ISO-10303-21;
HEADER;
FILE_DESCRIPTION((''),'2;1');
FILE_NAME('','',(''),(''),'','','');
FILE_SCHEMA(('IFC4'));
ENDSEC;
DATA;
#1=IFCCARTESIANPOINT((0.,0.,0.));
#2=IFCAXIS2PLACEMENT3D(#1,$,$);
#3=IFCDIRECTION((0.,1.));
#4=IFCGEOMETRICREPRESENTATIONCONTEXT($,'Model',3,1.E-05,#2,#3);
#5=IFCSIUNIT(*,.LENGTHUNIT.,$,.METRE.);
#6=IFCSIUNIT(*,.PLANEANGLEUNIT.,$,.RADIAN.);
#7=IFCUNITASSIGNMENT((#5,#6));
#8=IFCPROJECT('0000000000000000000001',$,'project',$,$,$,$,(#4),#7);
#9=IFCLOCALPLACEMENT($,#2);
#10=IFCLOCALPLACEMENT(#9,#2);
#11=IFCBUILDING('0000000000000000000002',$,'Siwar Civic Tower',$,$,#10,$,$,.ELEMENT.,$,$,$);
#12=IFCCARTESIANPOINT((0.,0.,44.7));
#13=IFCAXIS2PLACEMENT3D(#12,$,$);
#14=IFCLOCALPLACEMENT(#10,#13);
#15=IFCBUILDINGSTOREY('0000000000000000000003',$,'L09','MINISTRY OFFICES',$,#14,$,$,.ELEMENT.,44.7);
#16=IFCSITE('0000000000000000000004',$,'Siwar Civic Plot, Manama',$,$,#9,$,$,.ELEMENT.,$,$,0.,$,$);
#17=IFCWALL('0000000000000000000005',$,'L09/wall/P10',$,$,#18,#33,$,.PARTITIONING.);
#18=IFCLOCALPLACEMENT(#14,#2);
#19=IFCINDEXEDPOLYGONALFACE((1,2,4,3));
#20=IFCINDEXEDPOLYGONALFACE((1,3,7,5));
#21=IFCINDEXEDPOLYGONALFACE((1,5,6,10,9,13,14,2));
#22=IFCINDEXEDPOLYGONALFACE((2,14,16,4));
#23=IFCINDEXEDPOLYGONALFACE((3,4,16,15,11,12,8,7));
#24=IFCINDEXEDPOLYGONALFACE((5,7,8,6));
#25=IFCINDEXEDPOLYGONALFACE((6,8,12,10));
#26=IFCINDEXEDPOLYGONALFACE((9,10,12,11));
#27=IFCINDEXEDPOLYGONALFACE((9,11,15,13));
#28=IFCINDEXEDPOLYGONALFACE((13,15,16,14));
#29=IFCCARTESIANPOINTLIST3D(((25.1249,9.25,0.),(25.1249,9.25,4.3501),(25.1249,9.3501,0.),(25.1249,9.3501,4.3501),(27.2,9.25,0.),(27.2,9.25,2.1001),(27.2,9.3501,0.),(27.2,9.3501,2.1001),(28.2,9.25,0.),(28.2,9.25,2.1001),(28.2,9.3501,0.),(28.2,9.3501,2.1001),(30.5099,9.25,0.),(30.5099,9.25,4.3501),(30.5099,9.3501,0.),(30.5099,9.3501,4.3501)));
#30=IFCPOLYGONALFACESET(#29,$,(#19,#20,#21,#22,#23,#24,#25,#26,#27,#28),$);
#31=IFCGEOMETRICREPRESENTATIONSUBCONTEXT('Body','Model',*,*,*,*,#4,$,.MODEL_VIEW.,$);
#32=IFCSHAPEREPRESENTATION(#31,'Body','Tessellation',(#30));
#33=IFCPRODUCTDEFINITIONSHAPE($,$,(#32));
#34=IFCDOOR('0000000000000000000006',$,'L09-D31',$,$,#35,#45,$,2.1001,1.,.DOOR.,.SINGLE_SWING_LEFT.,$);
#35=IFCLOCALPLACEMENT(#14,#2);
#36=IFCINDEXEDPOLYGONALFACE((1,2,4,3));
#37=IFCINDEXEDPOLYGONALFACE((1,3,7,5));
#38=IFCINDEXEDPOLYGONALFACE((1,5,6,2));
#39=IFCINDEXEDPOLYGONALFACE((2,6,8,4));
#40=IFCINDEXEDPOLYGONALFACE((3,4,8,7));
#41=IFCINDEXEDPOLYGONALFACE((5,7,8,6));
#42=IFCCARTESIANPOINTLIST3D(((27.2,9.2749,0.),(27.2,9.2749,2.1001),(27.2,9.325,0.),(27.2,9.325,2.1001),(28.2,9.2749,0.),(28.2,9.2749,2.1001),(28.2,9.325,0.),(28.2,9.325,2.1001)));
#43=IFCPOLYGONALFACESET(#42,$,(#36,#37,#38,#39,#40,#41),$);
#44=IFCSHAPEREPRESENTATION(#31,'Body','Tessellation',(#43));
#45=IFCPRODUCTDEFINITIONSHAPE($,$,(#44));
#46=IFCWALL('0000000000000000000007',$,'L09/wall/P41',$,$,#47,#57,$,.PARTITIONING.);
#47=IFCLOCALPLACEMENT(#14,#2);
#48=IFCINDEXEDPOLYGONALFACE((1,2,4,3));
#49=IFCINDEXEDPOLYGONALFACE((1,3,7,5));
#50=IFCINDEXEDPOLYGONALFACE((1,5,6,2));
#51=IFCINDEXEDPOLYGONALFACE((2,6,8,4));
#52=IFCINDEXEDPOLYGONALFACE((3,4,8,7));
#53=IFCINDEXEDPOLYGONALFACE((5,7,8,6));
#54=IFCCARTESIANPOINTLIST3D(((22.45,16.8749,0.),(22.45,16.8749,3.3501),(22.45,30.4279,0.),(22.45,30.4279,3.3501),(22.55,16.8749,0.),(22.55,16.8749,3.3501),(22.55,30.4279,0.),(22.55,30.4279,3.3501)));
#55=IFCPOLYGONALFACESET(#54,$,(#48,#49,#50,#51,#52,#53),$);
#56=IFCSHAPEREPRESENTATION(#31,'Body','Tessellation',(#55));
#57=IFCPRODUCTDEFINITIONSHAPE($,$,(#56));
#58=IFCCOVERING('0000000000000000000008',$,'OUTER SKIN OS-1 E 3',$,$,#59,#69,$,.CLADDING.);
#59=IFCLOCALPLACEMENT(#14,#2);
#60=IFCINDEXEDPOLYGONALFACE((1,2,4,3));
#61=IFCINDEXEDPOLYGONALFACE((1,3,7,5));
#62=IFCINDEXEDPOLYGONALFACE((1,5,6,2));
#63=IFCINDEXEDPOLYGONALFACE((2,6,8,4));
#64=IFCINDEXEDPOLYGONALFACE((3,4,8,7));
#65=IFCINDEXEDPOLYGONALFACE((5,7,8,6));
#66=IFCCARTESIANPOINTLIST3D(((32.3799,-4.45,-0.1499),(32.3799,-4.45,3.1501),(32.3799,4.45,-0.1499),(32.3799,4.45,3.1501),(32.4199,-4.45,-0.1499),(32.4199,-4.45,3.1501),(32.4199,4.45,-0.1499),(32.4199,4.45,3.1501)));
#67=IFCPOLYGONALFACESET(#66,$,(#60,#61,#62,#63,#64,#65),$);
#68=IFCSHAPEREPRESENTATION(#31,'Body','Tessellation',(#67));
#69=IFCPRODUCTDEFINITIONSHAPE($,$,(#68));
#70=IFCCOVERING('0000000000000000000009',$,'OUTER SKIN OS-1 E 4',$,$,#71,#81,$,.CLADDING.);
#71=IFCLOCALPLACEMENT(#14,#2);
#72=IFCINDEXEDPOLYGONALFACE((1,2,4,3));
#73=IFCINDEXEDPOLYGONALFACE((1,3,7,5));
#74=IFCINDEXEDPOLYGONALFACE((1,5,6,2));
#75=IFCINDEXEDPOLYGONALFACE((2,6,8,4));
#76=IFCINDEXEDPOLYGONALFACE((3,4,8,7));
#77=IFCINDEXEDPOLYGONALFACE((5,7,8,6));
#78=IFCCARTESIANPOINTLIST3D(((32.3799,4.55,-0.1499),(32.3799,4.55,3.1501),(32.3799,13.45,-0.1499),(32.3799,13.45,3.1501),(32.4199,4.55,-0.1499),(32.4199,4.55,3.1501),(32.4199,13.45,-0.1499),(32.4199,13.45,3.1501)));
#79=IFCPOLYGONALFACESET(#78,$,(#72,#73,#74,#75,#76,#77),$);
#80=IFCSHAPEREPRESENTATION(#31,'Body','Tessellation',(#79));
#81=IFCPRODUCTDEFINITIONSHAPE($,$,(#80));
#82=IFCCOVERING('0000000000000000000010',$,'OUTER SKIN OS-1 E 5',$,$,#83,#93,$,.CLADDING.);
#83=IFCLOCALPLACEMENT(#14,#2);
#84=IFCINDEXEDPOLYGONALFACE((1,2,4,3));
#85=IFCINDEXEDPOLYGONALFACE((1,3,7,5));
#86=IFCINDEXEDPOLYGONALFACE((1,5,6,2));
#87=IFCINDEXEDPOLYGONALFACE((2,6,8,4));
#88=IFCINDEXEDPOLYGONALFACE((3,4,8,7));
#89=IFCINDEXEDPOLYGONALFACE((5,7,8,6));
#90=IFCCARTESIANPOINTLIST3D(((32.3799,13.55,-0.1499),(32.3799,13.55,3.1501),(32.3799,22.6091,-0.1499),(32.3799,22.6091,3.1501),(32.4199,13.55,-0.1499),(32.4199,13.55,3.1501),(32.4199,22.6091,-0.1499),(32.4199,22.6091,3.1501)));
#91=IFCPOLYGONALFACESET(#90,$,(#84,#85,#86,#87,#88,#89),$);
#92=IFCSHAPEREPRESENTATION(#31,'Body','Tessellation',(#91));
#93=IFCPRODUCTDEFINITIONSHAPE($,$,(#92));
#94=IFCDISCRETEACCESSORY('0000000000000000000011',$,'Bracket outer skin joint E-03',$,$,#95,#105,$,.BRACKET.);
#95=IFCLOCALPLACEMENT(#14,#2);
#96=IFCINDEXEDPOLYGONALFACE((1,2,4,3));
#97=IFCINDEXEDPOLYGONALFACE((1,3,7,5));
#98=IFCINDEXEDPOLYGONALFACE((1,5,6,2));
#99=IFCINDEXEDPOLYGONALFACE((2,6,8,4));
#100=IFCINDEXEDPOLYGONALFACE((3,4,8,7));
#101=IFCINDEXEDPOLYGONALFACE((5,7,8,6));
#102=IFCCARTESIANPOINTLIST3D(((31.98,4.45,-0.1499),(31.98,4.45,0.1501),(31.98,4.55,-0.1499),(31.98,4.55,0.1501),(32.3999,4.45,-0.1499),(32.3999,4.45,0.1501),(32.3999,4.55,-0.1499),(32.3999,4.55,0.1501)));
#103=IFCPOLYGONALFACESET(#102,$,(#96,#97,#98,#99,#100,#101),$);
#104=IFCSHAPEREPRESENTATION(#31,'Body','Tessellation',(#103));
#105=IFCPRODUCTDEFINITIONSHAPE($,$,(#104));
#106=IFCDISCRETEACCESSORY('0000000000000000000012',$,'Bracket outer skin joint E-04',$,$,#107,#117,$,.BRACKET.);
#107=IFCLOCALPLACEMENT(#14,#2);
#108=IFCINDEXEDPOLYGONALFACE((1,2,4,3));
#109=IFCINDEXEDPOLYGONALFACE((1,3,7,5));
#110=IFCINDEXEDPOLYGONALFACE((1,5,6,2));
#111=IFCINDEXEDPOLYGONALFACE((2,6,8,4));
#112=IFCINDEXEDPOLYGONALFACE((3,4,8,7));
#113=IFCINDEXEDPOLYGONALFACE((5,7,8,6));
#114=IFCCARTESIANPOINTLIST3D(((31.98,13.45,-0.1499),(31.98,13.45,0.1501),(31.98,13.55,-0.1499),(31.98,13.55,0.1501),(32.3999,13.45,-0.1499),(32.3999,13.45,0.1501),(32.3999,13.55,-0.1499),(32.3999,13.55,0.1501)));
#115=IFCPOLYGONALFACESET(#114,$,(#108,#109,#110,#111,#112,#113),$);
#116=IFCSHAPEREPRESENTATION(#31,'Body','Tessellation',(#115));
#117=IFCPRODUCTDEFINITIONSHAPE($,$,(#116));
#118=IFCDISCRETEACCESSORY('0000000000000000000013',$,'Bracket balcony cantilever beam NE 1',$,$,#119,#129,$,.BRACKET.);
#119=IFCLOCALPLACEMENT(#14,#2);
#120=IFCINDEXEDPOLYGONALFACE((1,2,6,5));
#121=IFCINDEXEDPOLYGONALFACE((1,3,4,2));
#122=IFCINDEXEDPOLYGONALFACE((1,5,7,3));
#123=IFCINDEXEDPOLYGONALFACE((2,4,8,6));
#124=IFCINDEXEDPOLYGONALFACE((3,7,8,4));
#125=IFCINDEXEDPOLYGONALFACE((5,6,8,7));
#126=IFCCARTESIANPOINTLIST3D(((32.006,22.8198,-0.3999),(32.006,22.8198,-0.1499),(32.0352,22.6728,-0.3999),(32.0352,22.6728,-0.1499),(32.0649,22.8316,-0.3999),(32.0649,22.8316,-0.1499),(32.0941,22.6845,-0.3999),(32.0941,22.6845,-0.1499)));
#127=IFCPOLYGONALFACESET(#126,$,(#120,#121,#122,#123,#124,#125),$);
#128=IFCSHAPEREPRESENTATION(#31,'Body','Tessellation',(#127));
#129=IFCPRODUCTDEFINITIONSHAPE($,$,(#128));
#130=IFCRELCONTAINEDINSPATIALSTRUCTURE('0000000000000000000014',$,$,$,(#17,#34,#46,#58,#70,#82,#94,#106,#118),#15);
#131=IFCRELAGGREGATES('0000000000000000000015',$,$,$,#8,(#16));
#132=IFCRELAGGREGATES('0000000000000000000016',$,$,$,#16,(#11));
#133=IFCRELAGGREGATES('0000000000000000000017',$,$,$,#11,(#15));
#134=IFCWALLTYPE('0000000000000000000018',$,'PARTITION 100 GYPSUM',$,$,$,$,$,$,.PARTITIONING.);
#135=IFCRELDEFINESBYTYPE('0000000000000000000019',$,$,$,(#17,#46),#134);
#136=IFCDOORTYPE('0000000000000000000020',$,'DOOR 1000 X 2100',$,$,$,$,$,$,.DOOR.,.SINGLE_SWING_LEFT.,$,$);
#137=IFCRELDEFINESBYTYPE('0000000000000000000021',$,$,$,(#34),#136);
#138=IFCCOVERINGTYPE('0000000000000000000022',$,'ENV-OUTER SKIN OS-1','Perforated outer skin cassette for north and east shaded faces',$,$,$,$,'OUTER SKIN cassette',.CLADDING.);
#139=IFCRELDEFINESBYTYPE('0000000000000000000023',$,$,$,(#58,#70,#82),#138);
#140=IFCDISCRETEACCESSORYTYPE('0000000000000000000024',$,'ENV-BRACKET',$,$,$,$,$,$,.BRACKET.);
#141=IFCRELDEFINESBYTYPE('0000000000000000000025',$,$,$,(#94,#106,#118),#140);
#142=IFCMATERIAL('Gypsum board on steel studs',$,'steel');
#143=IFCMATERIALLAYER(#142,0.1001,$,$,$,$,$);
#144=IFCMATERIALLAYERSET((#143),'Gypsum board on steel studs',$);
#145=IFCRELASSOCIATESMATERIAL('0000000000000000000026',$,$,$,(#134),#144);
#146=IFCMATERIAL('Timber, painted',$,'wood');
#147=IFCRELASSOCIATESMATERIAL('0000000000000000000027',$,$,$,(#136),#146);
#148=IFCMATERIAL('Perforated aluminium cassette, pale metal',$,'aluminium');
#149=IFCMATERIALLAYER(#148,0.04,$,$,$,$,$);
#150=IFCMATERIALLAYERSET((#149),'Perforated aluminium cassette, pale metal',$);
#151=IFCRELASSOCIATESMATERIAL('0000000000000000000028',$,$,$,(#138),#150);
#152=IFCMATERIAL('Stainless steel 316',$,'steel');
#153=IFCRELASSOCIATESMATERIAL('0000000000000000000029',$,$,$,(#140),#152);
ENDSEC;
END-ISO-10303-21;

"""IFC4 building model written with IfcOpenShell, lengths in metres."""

from ifc_helpers import new_model, si_unit, direction, frame, frame_2d, origin, origin_2d, place, context, subcontext, project, spatial, rectangle, extrude, material, layer, layer_set, type_object, element, fill, save


model = new_model("IFC4")

# Units and contexts
model_context = context("Model", 3, precision=1e-05, world=origin(), true_north=direction((0.0, 1.0)))
body_context = subcontext(model_context, "Body", "Model", "MODEL_VIEW")
ifc_project = project(units=[si_unit("LENGTHUNIT", "METRE"), si_unit("PLANEANGLEUNIT", "RADIAN")], contexts=[model_context])

# Site, building, storey
site_placement = place(None, origin())
site = spatial("IfcSite", under=ifc_project, at=site_placement, Name="Siwar Civic Plot, Manama", CompositionType="ELEMENT", RefElevation=0.0)
building_placement = place(site_placement, origin())
building = spatial("IfcBuilding", under=site, at=building_placement, Name="Siwar Civic Tower", CompositionType="ELEMENT")
storey_placement = place(building_placement, frame((0.0, 0.0, 44.7)))
storey = spatial("IfcBuildingStorey", under=building, at=storey_placement, Name="L09", Description="MINISTRY OFFICES", CompositionType="ELEMENT", Elevation=44.7)

# Wall, opening, door
ifc_material_1 = material(Name="Gypsum board on steel studs", Category="steel")
ifc_layer_1 = layer(ifc_material_1, 0.1001)
ifc_layer_set_1 = layer_set([ifc_layer_1], Name="Gypsum board on steel studs")
wall_type_1 = type_object("IfcWallType", Name="PARTITION 100 GYPSUM", PredefinedType="PARTITIONING", material=ifc_layer_set_1)
wall_1_placement = place(storey_placement, frame((25.125, 9.3, 0.0), z_axis=(0.0, 0.0, 1.0), x_axis=(1.0, 0.0, 0.0)))
wall_1 = element("IfcWall", 1, at=wall_1_placement, inside=storey, type_object=wall_type_1, Name="L09/wall/P10", PredefinedType="PARTITIONING", context=body_context, shape_type="SweptSolid", body=[
    extrude(rectangle(XDim=5.385, YDim=0.1001, at=frame_2d((2.6924, 0.0))), origin(), (0.0, 0.0, 1.0), 4.3501),
])
opening_1_placement = place(wall_1_placement, frame((2.075, 0.0, 0.0)))
opening_1 = element("IfcOpeningElement", 2, at=opening_1_placement, cuts=wall_1, PredefinedType="OPENING", context=body_context, shape_type="SweptSolid", body=[
    extrude(rectangle(XDim=1.0, YDim=2.1001, at=frame_2d((0.5, 1.05))), frame((0.0, 0.0601, 0.0), z_axis=(0.0, -1.0, 0.0), x_axis=(1.0, 0.0, 0.0)), (0.0, 0.0, 1.0), 0.1201),
])
ifc_material_2 = material(Name="Timber, painted", Category="wood")
door_type_1 = type_object("IfcDoorType", Name="DOOR 1000 X 2100", OperationType="SINGLE_SWING_LEFT", PredefinedType="DOOR", material=ifc_material_2)
door_1_placement = place(opening_1_placement, origin())
door_1 = element("IfcDoor", 3, at=door_1_placement, inside=storey, type_object=door_type_1, Name="L09-D31", OperationType="SINGLE_SWING_LEFT", OverallHeight=2.1001, OverallWidth=1.0, PredefinedType="DOOR", context=body_context, shape_type="SweptSolid", body=[
    extrude(rectangle(XDim=1.0, YDim=2.1001, at=frame_2d((0.5, 1.05))), frame((0.0, 0.0249, 0.0), z_axis=(0.0, -1.0, 0.0), x_axis=(1.0, 0.0, 0.0)), (0.0, 0.0, 1.0), 0.05),
])
fill(opening_1, door_1)

# Wall
wall_2_placement = place(storey_placement, frame((22.5, 16.875, 0.0), z_axis=(0.0, 0.0, 1.0), x_axis=(0.0, 1.0, 0.0)))
element("IfcWall", 4, at=wall_2_placement, inside=storey, type_object=wall_type_1, Name="L09/wall/P41", PredefinedType="PARTITIONING", context=body_context, shape_type="SweptSolid", body=[
    extrude(rectangle(XDim=13.553, YDim=0.1001, at=frame_2d((6.7764, 0.0))), origin(), (0.0, 0.0, 1.0), 3.3501),
])

# Coverings
ifc_material_3 = material(Name="Perforated aluminium cassette, pale metal", Category="aluminium")
ifc_layer_2 = layer(ifc_material_3, 0.04)
ifc_layer_set_2 = layer_set([ifc_layer_2], Name="Perforated aluminium cassette, pale metal")
covering_type = type_object("IfcCoveringType", Name="ENV-OUTER SKIN OS-1", Description="Perforated outer skin cassette for north and east shaded faces", ElementType="OUTER SKIN cassette", PredefinedType="CLADDING", material=ifc_layer_set_2)
for number, where, z_axis, x_axis, name in (
    (5, (32.3999, 0.0, -0.1499), (0.0, 0.0, 1.0), (0.0, 1.0, 0.0), "OUTER SKIN OS-1 E 3"),
    (6, (32.3999, 9.0, -0.1499), (0.0, 0.0, 1.0), (0.0, 1.0, 0.0), "OUTER SKIN OS-1 E 4"),
):
    element("IfcCovering", number, at=place(storey_placement, frame(where, z_axis=z_axis, x_axis=x_axis)), inside=storey, type_object=covering_type, Name=name, PredefinedType="CLADDING", context=body_context, shape_type="SweptSolid", body=[
        extrude(rectangle(XDim=8.8999, YDim=0.04, at=origin_2d()), origin(), (0.0, 0.0, 1.0), 3.3),
    ])
covering_placement = place(storey_placement, frame((32.3999, 18.0796, -0.1499), z_axis=(0.0, 0.0, 1.0), x_axis=(0.0, 1.0, 0.0)))
element("IfcCovering", 7, at=covering_placement, inside=storey, type_object=covering_type, Name="OUTER SKIN OS-1 E 5", PredefinedType="CLADDING", context=body_context, shape_type="SweptSolid", body=[
    extrude(rectangle(XDim=9.0591, YDim=0.04, at=origin_2d()), origin(), (0.0, 0.0, 1.0), 3.3),
])

# Discrete accessories
ifc_material_4 = material(Name="Stainless steel 316", Category="steel")
discrete_accessory_type = type_object("IfcDiscreteAccessoryType", Name="ENV-BRACKET", PredefinedType="BRACKET", material=ifc_material_4)
for number, where, z_axis, x_axis, name in (
    (8, (32.1899, 4.5, -0.1499), (0.0, 0.0, 1.0), (1.0, 0.0, 0.0), "Bracket outer skin joint E-03"),
    (9, (32.1899, 13.5, -0.1499), (0.0, 0.0, 1.0), (1.0, 0.0, 0.0), "Bracket outer skin joint E-04"),
):
    element("IfcDiscreteAccessory", number, at=place(storey_placement, frame(where, z_axis=z_axis, x_axis=x_axis)), inside=storey, type_object=discrete_accessory_type, Name=name, PredefinedType="BRACKET", context=body_context, shape_type="SweptSolid", body=[
        extrude(rectangle(XDim=0.4199, YDim=0.1001, at=origin_2d()), origin(), (0.0, 0.0, 1.0), 0.3),
    ])
discrete_accessory_placement = place(storey_placement, frame((32.05, 22.7522, -0.3999), z_axis=(0.0, 0.0, 1.0), x_axis=(0.980785, 0.19509, 0.0)))
element("IfcDiscreteAccessory", 10, at=discrete_accessory_placement, inside=storey, type_object=discrete_accessory_type, Name="Bracket balcony cantilever beam NE 1", PredefinedType="BRACKET", context=body_context, shape_type="SweptSolid", body=[
    extrude(rectangle(XDim=0.0601, YDim=0.1499, at=origin_2d()), origin(), (0.0, 0.0, 1.0), 0.25),
])

save(model, "model.ifc")
